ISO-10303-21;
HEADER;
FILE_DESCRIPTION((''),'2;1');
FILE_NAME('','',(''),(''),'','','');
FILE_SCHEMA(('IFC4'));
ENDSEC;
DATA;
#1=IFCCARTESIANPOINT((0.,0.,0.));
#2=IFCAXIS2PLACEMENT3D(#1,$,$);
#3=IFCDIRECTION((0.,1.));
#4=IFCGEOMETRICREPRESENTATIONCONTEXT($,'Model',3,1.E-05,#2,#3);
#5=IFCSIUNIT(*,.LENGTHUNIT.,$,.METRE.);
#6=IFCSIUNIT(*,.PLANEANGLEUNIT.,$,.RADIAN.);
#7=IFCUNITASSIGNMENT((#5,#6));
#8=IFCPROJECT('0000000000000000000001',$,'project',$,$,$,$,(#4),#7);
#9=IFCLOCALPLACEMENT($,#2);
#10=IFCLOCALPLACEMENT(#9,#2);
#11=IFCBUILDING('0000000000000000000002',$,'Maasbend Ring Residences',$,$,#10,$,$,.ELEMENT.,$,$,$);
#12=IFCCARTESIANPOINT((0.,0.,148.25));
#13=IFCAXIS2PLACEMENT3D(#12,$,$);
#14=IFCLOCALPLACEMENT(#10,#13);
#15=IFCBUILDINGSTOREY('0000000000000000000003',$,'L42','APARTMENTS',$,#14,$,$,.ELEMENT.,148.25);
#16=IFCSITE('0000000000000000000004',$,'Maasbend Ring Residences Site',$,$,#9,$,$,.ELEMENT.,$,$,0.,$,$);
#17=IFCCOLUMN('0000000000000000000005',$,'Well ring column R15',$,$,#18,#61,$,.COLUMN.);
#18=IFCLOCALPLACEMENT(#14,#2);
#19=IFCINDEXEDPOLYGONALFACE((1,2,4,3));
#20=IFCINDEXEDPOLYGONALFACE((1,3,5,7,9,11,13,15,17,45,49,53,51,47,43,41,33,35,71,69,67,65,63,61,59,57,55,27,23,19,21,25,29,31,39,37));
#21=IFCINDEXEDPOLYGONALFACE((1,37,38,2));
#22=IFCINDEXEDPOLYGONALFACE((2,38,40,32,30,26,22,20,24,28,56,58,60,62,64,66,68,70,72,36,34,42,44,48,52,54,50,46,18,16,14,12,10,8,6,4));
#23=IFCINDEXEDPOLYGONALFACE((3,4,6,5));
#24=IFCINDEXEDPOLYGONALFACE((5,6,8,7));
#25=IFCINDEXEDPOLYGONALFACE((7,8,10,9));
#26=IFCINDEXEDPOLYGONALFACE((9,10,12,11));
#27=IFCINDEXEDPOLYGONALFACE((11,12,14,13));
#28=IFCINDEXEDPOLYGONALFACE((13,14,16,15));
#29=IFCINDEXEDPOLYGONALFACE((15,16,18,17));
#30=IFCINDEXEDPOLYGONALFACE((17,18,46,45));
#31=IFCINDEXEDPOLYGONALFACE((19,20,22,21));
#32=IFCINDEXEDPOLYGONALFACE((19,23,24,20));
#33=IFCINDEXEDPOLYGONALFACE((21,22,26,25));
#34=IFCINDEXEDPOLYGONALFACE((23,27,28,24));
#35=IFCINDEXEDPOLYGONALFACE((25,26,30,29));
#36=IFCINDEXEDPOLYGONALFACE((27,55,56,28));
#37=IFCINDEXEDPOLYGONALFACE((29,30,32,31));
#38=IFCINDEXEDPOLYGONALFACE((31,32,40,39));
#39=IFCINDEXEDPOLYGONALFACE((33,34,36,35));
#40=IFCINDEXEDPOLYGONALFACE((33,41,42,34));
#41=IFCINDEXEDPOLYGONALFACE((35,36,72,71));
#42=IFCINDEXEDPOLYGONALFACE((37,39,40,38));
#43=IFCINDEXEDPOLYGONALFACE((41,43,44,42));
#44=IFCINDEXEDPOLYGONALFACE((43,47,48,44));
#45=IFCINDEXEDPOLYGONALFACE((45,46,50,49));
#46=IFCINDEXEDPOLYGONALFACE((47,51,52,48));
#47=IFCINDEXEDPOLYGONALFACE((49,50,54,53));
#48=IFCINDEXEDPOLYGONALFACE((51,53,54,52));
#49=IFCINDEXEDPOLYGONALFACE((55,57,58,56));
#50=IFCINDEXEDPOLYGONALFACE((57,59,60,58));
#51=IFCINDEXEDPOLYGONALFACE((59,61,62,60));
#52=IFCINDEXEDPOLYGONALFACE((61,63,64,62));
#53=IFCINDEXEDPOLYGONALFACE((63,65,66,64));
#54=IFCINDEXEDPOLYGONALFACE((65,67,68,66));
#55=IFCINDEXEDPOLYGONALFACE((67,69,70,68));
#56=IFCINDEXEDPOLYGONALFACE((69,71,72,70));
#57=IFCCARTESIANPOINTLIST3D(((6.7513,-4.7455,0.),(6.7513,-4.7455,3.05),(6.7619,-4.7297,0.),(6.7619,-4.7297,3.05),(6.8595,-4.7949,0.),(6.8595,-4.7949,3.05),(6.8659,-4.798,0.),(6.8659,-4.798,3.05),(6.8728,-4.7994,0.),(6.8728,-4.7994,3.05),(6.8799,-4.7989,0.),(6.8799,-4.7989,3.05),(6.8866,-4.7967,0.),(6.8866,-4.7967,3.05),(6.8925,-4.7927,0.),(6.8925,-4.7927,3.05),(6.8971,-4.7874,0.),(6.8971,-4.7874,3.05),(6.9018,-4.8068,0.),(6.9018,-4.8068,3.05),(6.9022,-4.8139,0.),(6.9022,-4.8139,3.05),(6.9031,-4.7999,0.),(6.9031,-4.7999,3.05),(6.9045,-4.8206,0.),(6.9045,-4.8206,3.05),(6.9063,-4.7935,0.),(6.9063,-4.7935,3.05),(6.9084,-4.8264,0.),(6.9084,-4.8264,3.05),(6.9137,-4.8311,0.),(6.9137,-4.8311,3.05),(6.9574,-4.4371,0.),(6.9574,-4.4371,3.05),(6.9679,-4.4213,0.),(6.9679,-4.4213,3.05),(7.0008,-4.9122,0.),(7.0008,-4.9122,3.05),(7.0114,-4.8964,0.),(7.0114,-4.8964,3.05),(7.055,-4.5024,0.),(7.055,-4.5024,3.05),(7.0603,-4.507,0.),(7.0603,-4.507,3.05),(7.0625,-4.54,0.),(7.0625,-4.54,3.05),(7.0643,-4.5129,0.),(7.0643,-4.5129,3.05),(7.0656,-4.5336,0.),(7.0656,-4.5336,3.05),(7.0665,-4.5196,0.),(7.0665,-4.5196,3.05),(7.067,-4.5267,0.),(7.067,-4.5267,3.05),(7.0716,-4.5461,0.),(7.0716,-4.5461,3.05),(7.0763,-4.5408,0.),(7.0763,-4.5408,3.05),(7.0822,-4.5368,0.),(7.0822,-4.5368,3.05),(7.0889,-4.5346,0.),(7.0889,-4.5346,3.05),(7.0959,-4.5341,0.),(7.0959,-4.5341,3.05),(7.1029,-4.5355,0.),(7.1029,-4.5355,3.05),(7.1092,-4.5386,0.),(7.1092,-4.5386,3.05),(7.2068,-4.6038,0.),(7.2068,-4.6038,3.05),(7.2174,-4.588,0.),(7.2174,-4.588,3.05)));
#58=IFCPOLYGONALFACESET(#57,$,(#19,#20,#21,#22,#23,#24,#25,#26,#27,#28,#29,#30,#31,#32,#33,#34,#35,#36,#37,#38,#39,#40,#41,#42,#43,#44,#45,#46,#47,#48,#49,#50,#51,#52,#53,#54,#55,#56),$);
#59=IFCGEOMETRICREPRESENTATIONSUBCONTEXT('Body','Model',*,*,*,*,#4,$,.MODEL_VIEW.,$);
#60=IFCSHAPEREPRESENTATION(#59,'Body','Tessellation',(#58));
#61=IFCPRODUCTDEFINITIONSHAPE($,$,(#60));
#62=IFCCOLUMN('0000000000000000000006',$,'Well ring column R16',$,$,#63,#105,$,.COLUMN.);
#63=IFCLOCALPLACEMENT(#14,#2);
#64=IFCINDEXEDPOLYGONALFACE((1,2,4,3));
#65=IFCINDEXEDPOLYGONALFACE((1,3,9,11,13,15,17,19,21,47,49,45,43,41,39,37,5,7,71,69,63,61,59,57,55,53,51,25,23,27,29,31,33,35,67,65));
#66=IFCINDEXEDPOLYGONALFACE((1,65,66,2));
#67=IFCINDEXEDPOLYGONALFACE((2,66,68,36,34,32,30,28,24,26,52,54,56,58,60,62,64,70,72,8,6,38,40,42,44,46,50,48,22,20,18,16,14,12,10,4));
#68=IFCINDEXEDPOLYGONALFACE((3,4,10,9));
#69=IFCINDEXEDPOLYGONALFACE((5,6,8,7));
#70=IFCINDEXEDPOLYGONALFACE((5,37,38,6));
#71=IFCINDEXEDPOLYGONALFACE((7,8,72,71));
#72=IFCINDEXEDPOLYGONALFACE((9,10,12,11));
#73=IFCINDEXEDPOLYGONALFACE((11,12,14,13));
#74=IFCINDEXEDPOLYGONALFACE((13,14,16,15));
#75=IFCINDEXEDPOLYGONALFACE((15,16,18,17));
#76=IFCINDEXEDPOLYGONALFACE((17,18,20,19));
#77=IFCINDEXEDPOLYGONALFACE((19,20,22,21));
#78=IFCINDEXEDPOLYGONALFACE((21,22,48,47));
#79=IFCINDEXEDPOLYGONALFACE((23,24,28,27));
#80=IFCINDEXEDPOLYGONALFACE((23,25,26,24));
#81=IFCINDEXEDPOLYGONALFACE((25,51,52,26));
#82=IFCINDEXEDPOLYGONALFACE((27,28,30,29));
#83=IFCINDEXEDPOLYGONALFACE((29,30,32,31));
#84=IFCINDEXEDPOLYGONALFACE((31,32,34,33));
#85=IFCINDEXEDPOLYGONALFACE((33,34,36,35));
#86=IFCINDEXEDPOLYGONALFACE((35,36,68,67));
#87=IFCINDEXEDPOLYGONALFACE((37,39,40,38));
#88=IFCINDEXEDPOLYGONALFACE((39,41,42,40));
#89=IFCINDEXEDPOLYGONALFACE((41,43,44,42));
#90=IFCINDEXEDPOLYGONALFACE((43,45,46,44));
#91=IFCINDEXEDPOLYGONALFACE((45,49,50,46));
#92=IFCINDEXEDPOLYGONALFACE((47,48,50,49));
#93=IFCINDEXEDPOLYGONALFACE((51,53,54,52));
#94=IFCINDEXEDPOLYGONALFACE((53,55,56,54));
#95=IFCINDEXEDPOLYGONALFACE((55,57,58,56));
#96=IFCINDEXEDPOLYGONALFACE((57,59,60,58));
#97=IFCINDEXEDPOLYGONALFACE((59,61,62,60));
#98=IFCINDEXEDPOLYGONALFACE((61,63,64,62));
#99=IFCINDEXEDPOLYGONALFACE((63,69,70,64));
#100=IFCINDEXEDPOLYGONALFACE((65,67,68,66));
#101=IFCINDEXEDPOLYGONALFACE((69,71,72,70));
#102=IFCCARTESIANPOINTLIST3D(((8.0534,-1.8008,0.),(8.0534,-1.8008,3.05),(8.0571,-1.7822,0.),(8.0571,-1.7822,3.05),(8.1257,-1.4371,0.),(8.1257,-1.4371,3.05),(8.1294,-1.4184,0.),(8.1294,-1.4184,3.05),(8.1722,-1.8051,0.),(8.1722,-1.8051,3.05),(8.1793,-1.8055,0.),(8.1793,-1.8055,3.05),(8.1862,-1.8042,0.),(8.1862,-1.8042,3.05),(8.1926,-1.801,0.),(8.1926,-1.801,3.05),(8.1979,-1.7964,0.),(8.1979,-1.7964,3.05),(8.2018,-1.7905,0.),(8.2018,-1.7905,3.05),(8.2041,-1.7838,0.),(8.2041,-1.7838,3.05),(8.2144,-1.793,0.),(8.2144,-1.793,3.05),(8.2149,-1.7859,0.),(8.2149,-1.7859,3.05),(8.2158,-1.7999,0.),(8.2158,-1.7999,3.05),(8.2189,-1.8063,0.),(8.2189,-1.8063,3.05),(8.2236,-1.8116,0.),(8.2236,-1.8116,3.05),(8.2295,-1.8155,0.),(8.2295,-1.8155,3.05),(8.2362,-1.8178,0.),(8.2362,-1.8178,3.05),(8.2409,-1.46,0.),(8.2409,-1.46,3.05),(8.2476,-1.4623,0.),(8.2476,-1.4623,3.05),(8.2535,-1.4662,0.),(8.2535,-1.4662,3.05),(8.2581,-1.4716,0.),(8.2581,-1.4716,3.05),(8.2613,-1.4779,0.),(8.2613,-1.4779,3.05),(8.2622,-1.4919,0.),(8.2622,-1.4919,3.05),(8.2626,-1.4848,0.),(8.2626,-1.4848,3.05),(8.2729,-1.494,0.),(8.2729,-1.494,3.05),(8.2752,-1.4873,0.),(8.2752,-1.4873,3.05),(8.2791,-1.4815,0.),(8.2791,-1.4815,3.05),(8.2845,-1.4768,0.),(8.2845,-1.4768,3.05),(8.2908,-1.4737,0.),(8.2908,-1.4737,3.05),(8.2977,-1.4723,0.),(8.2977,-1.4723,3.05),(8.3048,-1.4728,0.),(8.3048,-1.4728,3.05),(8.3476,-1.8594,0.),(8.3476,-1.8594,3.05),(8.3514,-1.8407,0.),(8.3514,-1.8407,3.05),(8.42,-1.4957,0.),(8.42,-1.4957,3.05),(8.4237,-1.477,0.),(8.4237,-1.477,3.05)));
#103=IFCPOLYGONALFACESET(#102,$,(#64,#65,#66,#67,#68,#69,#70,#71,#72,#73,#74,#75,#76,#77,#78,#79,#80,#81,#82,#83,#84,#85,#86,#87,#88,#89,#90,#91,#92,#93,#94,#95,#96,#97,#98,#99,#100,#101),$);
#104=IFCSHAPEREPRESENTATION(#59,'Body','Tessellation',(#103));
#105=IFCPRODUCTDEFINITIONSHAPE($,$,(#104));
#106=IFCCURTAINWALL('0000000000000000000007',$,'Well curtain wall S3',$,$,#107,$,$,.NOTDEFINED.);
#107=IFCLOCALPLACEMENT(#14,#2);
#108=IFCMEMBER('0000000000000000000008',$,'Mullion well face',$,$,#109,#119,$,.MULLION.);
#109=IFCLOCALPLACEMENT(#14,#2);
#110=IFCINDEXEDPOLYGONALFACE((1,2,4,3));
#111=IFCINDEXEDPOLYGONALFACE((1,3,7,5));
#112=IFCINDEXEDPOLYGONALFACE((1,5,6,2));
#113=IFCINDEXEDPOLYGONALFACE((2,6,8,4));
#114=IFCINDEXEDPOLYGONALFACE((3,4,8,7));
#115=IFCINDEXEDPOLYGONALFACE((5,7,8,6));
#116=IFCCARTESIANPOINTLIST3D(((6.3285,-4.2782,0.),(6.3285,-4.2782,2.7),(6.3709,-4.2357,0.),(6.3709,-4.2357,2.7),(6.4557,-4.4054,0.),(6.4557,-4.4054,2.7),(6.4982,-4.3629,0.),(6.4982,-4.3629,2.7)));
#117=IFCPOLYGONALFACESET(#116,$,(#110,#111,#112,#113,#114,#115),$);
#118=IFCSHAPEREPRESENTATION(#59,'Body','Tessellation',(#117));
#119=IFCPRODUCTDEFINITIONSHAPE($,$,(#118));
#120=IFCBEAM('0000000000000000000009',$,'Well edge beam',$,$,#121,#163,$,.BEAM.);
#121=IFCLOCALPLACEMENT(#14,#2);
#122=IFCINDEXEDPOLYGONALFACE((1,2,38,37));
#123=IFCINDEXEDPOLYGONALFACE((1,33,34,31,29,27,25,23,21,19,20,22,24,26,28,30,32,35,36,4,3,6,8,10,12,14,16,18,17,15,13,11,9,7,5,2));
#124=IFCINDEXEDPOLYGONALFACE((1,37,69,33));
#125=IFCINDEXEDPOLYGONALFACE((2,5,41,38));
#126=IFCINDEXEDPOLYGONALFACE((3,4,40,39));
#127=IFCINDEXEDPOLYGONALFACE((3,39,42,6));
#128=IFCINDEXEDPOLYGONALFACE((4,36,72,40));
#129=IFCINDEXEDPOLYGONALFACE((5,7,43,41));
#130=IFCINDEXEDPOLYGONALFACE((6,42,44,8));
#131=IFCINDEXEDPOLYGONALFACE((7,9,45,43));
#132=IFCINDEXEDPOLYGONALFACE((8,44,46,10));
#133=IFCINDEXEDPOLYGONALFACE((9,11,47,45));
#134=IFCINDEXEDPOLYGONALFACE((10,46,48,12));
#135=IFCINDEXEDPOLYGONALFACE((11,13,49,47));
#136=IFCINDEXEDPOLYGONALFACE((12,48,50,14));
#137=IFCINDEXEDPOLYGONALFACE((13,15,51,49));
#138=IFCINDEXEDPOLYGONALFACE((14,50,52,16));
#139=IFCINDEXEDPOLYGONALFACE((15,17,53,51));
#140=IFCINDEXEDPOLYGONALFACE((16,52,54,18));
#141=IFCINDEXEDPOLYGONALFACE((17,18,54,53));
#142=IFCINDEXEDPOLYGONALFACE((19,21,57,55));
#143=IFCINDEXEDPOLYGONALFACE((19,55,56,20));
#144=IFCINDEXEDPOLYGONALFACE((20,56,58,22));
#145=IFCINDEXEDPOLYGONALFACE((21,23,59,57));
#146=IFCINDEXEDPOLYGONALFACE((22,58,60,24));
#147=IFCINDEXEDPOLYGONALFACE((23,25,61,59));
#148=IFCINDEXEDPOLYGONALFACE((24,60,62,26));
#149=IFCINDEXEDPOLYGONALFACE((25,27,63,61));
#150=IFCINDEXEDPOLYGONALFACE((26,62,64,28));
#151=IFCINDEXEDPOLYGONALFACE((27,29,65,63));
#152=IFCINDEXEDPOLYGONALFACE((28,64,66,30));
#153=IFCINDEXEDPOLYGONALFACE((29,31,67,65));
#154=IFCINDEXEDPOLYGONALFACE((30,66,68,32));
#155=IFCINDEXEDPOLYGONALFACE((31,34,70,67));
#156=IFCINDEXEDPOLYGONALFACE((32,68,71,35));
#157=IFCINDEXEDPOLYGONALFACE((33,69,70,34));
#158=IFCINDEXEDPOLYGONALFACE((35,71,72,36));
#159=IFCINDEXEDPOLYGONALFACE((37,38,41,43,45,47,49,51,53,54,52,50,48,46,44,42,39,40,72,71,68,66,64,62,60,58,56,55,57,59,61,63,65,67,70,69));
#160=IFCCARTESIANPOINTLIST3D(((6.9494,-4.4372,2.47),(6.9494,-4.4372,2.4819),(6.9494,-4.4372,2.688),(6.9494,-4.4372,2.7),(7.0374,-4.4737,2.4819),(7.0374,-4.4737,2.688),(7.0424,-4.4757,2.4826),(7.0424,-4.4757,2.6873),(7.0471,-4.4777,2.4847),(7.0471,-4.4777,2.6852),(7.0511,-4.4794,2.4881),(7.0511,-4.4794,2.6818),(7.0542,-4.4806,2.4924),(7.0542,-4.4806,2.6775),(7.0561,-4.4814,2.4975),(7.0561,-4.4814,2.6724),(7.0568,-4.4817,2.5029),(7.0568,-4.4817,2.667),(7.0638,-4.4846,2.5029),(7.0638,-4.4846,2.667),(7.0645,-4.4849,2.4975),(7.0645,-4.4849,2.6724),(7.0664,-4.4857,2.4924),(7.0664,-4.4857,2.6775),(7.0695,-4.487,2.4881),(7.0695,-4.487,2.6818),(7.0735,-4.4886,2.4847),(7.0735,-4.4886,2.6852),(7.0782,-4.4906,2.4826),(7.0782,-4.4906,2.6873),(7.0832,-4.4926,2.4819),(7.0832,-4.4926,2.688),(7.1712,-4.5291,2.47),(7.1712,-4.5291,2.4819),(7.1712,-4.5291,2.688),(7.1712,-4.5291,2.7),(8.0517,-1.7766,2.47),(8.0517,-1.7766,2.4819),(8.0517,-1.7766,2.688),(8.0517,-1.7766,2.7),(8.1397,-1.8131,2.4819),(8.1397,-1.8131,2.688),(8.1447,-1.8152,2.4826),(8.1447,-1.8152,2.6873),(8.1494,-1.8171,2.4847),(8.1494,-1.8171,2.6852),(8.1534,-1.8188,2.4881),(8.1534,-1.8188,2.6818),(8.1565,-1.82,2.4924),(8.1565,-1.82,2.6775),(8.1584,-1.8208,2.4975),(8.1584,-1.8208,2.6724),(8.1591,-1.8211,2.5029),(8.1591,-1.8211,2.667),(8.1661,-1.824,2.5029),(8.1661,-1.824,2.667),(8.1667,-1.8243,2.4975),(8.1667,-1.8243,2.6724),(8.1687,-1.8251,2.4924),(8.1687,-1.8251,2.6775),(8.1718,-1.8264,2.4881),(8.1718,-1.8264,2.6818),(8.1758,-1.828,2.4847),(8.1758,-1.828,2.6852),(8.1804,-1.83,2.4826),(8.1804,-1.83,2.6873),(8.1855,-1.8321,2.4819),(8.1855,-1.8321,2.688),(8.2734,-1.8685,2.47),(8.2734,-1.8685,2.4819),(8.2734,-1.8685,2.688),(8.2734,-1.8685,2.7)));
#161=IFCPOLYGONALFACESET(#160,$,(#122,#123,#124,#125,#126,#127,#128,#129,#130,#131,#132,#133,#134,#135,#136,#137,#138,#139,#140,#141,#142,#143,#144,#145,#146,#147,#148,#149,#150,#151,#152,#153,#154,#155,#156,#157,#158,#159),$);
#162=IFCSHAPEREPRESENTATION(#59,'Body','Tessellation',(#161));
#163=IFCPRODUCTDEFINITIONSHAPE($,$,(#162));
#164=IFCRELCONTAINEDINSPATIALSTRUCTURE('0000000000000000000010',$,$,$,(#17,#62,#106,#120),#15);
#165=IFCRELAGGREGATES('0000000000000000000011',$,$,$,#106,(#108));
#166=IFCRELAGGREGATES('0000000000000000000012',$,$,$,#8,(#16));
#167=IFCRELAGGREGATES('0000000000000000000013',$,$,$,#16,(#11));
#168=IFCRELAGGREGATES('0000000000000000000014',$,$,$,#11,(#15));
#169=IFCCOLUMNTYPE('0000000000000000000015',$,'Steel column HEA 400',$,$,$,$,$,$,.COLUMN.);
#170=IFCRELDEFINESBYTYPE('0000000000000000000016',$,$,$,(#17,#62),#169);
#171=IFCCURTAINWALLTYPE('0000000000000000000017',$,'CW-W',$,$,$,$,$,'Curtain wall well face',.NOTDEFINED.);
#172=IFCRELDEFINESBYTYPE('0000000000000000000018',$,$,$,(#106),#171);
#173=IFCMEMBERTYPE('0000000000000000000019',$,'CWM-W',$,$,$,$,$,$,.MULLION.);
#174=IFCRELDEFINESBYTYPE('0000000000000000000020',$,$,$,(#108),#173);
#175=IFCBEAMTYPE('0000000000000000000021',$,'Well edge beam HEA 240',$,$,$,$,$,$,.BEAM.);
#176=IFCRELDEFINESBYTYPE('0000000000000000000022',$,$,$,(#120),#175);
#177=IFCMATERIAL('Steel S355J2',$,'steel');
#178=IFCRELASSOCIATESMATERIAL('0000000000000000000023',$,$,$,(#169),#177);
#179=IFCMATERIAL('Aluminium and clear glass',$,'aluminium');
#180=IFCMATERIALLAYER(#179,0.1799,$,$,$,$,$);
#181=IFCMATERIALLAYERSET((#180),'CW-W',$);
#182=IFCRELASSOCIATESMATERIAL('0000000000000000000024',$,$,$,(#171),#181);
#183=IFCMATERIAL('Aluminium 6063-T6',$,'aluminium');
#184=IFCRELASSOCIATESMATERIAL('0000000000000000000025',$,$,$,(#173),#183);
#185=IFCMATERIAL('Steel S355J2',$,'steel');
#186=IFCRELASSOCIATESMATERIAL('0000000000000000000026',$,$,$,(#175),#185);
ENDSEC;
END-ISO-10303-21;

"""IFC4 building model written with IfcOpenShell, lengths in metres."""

from ifc_helpers import new_model, si_unit, direction, frame, origin, origin_2d, place, context, subcontext, project, spatial, rectangle, i_section, extrude, material, layer, layer_set, material_profile, profile_set, type_object, element, aggregate, save


model = new_model("IFC4")

# Units and contexts
model_context = context("Model", 3, precision=1e-05, world=origin(), true_north=direction((0.0, 1.0)))
body_context = subcontext(model_context, "Body", "Model", "MODEL_VIEW")
ifc_project = project(units=[si_unit("LENGTHUNIT", "METRE"), si_unit("PLANEANGLEUNIT", "RADIAN")], contexts=[model_context])

# Site, building, storey
site_placement = place(None, origin())
site = spatial("IfcSite", under=ifc_project, at=site_placement, Name="Maasbend Ring Residences Site", CompositionType="ELEMENT", RefElevation=0.0)
building_placement = place(site_placement, origin())
building = spatial("IfcBuilding", under=site, at=building_placement, Name="Maasbend Ring Residences", CompositionType="ELEMENT")
storey_placement = place(building_placement, frame((0.0, 0.0, 148.25)))
storey = spatial("IfcBuildingStorey", under=building, at=storey_placement, Name="L42", Description="APARTMENTS", CompositionType="ELEMENT", Elevation=148.25)

# Columns
ifc_material_1 = material(Name="Steel S355J2", Category="steel")
ifc_material_profile_1 = material_profile(ifc_material_1, i_section(OverallWidth=0.3, OverallDepth=0.3899, WebThickness=0.011, FlangeThickness=0.019, FilletRadius=0.0271, at=origin_2d()), Name="HEA 400")
ifc_profile_set_1 = profile_set([ifc_material_profile_1], Name="Steel S355J2")
column_type = type_object("IfcColumnType", Name="Steel column HEA 400", PredefinedType="COLUMN", material=ifc_profile_set_1)
for number, where, z_axis, x_axis, name in (
    (1, (6.9844, -4.6667, 0.0), (0.0, 0.0, 1.0), (0.83147, -0.55557, 0.0), "Well ring column R15"),
    (2, (8.2385, -1.6389, 0.0), (0.0, 0.0, 1.0), (0.980785, -0.19509, 0.0), "Well ring column R16"),
):
    element("IfcColumn", number, at=place(storey_placement, frame(where, z_axis=z_axis, x_axis=x_axis)), inside=storey, type_object=column_type, Name=name, PredefinedType="COLUMN", context=body_context, shape_type="SweptSolid", body=[
        extrude(i_section(OverallWidth=0.3, OverallDepth=0.3899, WebThickness=0.011, FlangeThickness=0.019, FilletRadius=0.0271, at=origin_2d()), origin(), (0.0, 0.0, 1.0), 3.05),
    ])

# Curtain wall, member
ifc_material_2 = material(Name="Aluminium and clear glass", Category="aluminium")
ifc_layer_1 = layer(ifc_material_2, 0.1799)
ifc_layer_set_1 = layer_set([ifc_layer_1], Name="CW-W")
curtain_wall_type = type_object("IfcCurtainWallType", Name="CW-W", ElementType="Curtain wall well face", PredefinedType="NOTDEFINED", material=ifc_layer_set_1)
curtain_wall_placement = place(storey_placement, origin())
curtain_wall = element("IfcCurtainWall", 3, at=curtain_wall_placement, inside=storey, type_object=curtain_wall_type, Name="Well curtain wall S3", PredefinedType="NOTDEFINED")
ifc_material_3 = material(Name="Aluminium 6063-T6", Category="aluminium")
ifc_material_profile_2 = material_profile(ifc_material_3, rectangle(XDim=0.1799, YDim=0.0601, at=origin_2d()), Name="AL 180x60")
ifc_profile_set_2 = profile_set([ifc_material_profile_2], Name="Aluminium 6063-T6")
member_type = type_object("IfcMemberType", Name="CWM-W", PredefinedType="MULLION", material=ifc_profile_set_2)
member_placement = place(storey_placement, frame((6.4133, -4.3206, 0.0), z_axis=(0.0, 0.0, 1.0), x_axis=(-0.707107, 0.707107, 0.0)))
member = element("IfcMember", 4, at=member_placement, type_object=member_type, Name="Mullion well face", PredefinedType="MULLION", context=body_context, shape_type="SweptSolid", body=[
    extrude(rectangle(XDim=0.1799, YDim=0.0601, at=origin_2d()), origin(), (0.0, 0.0, 1.0), 2.7),
])
aggregate(curtain_wall, [member])

# Beam
ifc_material_4 = material(Name="Steel S355J2", Category="steel")
ifc_material_profile_3 = material_profile(ifc_material_4, i_section(OverallWidth=0.24, OverallDepth=0.23, WebThickness=0.0076, FlangeThickness=0.012, FilletRadius=0.021, at=origin_2d()), Name="HEA 240")
ifc_profile_set_3 = profile_set([ifc_material_profile_3], Name="Steel S355J2")
beam_type = type_object("IfcBeamType", Name="Well edge beam HEA 240", PredefinedType="BEAM", material=ifc_profile_set_3)
for number, where, z_axis, x_axis, name in (
    (5, (7.0603, -4.4832, 2.585), (0.382749, 0.923853, 0.0), (-0.923853, 0.382749, 0.0), "Well edge beam"),
):
    element("IfcBeam", number, at=place(storey_placement, frame(where, z_axis=z_axis, x_axis=x_axis)), inside=storey, type_object=beam_type, Name=name, PredefinedType="BEAM", context=body_context, shape_type="SweptSolid", body=[
        extrude(i_section(OverallWidth=0.24, OverallDepth=0.23, WebThickness=0.0076, FlangeThickness=0.012, FilletRadius=0.021, at=origin_2d()), origin(), (0.0, 0.0, 1.0), 2.8799),
    ])

save(model, "model.ifc")
